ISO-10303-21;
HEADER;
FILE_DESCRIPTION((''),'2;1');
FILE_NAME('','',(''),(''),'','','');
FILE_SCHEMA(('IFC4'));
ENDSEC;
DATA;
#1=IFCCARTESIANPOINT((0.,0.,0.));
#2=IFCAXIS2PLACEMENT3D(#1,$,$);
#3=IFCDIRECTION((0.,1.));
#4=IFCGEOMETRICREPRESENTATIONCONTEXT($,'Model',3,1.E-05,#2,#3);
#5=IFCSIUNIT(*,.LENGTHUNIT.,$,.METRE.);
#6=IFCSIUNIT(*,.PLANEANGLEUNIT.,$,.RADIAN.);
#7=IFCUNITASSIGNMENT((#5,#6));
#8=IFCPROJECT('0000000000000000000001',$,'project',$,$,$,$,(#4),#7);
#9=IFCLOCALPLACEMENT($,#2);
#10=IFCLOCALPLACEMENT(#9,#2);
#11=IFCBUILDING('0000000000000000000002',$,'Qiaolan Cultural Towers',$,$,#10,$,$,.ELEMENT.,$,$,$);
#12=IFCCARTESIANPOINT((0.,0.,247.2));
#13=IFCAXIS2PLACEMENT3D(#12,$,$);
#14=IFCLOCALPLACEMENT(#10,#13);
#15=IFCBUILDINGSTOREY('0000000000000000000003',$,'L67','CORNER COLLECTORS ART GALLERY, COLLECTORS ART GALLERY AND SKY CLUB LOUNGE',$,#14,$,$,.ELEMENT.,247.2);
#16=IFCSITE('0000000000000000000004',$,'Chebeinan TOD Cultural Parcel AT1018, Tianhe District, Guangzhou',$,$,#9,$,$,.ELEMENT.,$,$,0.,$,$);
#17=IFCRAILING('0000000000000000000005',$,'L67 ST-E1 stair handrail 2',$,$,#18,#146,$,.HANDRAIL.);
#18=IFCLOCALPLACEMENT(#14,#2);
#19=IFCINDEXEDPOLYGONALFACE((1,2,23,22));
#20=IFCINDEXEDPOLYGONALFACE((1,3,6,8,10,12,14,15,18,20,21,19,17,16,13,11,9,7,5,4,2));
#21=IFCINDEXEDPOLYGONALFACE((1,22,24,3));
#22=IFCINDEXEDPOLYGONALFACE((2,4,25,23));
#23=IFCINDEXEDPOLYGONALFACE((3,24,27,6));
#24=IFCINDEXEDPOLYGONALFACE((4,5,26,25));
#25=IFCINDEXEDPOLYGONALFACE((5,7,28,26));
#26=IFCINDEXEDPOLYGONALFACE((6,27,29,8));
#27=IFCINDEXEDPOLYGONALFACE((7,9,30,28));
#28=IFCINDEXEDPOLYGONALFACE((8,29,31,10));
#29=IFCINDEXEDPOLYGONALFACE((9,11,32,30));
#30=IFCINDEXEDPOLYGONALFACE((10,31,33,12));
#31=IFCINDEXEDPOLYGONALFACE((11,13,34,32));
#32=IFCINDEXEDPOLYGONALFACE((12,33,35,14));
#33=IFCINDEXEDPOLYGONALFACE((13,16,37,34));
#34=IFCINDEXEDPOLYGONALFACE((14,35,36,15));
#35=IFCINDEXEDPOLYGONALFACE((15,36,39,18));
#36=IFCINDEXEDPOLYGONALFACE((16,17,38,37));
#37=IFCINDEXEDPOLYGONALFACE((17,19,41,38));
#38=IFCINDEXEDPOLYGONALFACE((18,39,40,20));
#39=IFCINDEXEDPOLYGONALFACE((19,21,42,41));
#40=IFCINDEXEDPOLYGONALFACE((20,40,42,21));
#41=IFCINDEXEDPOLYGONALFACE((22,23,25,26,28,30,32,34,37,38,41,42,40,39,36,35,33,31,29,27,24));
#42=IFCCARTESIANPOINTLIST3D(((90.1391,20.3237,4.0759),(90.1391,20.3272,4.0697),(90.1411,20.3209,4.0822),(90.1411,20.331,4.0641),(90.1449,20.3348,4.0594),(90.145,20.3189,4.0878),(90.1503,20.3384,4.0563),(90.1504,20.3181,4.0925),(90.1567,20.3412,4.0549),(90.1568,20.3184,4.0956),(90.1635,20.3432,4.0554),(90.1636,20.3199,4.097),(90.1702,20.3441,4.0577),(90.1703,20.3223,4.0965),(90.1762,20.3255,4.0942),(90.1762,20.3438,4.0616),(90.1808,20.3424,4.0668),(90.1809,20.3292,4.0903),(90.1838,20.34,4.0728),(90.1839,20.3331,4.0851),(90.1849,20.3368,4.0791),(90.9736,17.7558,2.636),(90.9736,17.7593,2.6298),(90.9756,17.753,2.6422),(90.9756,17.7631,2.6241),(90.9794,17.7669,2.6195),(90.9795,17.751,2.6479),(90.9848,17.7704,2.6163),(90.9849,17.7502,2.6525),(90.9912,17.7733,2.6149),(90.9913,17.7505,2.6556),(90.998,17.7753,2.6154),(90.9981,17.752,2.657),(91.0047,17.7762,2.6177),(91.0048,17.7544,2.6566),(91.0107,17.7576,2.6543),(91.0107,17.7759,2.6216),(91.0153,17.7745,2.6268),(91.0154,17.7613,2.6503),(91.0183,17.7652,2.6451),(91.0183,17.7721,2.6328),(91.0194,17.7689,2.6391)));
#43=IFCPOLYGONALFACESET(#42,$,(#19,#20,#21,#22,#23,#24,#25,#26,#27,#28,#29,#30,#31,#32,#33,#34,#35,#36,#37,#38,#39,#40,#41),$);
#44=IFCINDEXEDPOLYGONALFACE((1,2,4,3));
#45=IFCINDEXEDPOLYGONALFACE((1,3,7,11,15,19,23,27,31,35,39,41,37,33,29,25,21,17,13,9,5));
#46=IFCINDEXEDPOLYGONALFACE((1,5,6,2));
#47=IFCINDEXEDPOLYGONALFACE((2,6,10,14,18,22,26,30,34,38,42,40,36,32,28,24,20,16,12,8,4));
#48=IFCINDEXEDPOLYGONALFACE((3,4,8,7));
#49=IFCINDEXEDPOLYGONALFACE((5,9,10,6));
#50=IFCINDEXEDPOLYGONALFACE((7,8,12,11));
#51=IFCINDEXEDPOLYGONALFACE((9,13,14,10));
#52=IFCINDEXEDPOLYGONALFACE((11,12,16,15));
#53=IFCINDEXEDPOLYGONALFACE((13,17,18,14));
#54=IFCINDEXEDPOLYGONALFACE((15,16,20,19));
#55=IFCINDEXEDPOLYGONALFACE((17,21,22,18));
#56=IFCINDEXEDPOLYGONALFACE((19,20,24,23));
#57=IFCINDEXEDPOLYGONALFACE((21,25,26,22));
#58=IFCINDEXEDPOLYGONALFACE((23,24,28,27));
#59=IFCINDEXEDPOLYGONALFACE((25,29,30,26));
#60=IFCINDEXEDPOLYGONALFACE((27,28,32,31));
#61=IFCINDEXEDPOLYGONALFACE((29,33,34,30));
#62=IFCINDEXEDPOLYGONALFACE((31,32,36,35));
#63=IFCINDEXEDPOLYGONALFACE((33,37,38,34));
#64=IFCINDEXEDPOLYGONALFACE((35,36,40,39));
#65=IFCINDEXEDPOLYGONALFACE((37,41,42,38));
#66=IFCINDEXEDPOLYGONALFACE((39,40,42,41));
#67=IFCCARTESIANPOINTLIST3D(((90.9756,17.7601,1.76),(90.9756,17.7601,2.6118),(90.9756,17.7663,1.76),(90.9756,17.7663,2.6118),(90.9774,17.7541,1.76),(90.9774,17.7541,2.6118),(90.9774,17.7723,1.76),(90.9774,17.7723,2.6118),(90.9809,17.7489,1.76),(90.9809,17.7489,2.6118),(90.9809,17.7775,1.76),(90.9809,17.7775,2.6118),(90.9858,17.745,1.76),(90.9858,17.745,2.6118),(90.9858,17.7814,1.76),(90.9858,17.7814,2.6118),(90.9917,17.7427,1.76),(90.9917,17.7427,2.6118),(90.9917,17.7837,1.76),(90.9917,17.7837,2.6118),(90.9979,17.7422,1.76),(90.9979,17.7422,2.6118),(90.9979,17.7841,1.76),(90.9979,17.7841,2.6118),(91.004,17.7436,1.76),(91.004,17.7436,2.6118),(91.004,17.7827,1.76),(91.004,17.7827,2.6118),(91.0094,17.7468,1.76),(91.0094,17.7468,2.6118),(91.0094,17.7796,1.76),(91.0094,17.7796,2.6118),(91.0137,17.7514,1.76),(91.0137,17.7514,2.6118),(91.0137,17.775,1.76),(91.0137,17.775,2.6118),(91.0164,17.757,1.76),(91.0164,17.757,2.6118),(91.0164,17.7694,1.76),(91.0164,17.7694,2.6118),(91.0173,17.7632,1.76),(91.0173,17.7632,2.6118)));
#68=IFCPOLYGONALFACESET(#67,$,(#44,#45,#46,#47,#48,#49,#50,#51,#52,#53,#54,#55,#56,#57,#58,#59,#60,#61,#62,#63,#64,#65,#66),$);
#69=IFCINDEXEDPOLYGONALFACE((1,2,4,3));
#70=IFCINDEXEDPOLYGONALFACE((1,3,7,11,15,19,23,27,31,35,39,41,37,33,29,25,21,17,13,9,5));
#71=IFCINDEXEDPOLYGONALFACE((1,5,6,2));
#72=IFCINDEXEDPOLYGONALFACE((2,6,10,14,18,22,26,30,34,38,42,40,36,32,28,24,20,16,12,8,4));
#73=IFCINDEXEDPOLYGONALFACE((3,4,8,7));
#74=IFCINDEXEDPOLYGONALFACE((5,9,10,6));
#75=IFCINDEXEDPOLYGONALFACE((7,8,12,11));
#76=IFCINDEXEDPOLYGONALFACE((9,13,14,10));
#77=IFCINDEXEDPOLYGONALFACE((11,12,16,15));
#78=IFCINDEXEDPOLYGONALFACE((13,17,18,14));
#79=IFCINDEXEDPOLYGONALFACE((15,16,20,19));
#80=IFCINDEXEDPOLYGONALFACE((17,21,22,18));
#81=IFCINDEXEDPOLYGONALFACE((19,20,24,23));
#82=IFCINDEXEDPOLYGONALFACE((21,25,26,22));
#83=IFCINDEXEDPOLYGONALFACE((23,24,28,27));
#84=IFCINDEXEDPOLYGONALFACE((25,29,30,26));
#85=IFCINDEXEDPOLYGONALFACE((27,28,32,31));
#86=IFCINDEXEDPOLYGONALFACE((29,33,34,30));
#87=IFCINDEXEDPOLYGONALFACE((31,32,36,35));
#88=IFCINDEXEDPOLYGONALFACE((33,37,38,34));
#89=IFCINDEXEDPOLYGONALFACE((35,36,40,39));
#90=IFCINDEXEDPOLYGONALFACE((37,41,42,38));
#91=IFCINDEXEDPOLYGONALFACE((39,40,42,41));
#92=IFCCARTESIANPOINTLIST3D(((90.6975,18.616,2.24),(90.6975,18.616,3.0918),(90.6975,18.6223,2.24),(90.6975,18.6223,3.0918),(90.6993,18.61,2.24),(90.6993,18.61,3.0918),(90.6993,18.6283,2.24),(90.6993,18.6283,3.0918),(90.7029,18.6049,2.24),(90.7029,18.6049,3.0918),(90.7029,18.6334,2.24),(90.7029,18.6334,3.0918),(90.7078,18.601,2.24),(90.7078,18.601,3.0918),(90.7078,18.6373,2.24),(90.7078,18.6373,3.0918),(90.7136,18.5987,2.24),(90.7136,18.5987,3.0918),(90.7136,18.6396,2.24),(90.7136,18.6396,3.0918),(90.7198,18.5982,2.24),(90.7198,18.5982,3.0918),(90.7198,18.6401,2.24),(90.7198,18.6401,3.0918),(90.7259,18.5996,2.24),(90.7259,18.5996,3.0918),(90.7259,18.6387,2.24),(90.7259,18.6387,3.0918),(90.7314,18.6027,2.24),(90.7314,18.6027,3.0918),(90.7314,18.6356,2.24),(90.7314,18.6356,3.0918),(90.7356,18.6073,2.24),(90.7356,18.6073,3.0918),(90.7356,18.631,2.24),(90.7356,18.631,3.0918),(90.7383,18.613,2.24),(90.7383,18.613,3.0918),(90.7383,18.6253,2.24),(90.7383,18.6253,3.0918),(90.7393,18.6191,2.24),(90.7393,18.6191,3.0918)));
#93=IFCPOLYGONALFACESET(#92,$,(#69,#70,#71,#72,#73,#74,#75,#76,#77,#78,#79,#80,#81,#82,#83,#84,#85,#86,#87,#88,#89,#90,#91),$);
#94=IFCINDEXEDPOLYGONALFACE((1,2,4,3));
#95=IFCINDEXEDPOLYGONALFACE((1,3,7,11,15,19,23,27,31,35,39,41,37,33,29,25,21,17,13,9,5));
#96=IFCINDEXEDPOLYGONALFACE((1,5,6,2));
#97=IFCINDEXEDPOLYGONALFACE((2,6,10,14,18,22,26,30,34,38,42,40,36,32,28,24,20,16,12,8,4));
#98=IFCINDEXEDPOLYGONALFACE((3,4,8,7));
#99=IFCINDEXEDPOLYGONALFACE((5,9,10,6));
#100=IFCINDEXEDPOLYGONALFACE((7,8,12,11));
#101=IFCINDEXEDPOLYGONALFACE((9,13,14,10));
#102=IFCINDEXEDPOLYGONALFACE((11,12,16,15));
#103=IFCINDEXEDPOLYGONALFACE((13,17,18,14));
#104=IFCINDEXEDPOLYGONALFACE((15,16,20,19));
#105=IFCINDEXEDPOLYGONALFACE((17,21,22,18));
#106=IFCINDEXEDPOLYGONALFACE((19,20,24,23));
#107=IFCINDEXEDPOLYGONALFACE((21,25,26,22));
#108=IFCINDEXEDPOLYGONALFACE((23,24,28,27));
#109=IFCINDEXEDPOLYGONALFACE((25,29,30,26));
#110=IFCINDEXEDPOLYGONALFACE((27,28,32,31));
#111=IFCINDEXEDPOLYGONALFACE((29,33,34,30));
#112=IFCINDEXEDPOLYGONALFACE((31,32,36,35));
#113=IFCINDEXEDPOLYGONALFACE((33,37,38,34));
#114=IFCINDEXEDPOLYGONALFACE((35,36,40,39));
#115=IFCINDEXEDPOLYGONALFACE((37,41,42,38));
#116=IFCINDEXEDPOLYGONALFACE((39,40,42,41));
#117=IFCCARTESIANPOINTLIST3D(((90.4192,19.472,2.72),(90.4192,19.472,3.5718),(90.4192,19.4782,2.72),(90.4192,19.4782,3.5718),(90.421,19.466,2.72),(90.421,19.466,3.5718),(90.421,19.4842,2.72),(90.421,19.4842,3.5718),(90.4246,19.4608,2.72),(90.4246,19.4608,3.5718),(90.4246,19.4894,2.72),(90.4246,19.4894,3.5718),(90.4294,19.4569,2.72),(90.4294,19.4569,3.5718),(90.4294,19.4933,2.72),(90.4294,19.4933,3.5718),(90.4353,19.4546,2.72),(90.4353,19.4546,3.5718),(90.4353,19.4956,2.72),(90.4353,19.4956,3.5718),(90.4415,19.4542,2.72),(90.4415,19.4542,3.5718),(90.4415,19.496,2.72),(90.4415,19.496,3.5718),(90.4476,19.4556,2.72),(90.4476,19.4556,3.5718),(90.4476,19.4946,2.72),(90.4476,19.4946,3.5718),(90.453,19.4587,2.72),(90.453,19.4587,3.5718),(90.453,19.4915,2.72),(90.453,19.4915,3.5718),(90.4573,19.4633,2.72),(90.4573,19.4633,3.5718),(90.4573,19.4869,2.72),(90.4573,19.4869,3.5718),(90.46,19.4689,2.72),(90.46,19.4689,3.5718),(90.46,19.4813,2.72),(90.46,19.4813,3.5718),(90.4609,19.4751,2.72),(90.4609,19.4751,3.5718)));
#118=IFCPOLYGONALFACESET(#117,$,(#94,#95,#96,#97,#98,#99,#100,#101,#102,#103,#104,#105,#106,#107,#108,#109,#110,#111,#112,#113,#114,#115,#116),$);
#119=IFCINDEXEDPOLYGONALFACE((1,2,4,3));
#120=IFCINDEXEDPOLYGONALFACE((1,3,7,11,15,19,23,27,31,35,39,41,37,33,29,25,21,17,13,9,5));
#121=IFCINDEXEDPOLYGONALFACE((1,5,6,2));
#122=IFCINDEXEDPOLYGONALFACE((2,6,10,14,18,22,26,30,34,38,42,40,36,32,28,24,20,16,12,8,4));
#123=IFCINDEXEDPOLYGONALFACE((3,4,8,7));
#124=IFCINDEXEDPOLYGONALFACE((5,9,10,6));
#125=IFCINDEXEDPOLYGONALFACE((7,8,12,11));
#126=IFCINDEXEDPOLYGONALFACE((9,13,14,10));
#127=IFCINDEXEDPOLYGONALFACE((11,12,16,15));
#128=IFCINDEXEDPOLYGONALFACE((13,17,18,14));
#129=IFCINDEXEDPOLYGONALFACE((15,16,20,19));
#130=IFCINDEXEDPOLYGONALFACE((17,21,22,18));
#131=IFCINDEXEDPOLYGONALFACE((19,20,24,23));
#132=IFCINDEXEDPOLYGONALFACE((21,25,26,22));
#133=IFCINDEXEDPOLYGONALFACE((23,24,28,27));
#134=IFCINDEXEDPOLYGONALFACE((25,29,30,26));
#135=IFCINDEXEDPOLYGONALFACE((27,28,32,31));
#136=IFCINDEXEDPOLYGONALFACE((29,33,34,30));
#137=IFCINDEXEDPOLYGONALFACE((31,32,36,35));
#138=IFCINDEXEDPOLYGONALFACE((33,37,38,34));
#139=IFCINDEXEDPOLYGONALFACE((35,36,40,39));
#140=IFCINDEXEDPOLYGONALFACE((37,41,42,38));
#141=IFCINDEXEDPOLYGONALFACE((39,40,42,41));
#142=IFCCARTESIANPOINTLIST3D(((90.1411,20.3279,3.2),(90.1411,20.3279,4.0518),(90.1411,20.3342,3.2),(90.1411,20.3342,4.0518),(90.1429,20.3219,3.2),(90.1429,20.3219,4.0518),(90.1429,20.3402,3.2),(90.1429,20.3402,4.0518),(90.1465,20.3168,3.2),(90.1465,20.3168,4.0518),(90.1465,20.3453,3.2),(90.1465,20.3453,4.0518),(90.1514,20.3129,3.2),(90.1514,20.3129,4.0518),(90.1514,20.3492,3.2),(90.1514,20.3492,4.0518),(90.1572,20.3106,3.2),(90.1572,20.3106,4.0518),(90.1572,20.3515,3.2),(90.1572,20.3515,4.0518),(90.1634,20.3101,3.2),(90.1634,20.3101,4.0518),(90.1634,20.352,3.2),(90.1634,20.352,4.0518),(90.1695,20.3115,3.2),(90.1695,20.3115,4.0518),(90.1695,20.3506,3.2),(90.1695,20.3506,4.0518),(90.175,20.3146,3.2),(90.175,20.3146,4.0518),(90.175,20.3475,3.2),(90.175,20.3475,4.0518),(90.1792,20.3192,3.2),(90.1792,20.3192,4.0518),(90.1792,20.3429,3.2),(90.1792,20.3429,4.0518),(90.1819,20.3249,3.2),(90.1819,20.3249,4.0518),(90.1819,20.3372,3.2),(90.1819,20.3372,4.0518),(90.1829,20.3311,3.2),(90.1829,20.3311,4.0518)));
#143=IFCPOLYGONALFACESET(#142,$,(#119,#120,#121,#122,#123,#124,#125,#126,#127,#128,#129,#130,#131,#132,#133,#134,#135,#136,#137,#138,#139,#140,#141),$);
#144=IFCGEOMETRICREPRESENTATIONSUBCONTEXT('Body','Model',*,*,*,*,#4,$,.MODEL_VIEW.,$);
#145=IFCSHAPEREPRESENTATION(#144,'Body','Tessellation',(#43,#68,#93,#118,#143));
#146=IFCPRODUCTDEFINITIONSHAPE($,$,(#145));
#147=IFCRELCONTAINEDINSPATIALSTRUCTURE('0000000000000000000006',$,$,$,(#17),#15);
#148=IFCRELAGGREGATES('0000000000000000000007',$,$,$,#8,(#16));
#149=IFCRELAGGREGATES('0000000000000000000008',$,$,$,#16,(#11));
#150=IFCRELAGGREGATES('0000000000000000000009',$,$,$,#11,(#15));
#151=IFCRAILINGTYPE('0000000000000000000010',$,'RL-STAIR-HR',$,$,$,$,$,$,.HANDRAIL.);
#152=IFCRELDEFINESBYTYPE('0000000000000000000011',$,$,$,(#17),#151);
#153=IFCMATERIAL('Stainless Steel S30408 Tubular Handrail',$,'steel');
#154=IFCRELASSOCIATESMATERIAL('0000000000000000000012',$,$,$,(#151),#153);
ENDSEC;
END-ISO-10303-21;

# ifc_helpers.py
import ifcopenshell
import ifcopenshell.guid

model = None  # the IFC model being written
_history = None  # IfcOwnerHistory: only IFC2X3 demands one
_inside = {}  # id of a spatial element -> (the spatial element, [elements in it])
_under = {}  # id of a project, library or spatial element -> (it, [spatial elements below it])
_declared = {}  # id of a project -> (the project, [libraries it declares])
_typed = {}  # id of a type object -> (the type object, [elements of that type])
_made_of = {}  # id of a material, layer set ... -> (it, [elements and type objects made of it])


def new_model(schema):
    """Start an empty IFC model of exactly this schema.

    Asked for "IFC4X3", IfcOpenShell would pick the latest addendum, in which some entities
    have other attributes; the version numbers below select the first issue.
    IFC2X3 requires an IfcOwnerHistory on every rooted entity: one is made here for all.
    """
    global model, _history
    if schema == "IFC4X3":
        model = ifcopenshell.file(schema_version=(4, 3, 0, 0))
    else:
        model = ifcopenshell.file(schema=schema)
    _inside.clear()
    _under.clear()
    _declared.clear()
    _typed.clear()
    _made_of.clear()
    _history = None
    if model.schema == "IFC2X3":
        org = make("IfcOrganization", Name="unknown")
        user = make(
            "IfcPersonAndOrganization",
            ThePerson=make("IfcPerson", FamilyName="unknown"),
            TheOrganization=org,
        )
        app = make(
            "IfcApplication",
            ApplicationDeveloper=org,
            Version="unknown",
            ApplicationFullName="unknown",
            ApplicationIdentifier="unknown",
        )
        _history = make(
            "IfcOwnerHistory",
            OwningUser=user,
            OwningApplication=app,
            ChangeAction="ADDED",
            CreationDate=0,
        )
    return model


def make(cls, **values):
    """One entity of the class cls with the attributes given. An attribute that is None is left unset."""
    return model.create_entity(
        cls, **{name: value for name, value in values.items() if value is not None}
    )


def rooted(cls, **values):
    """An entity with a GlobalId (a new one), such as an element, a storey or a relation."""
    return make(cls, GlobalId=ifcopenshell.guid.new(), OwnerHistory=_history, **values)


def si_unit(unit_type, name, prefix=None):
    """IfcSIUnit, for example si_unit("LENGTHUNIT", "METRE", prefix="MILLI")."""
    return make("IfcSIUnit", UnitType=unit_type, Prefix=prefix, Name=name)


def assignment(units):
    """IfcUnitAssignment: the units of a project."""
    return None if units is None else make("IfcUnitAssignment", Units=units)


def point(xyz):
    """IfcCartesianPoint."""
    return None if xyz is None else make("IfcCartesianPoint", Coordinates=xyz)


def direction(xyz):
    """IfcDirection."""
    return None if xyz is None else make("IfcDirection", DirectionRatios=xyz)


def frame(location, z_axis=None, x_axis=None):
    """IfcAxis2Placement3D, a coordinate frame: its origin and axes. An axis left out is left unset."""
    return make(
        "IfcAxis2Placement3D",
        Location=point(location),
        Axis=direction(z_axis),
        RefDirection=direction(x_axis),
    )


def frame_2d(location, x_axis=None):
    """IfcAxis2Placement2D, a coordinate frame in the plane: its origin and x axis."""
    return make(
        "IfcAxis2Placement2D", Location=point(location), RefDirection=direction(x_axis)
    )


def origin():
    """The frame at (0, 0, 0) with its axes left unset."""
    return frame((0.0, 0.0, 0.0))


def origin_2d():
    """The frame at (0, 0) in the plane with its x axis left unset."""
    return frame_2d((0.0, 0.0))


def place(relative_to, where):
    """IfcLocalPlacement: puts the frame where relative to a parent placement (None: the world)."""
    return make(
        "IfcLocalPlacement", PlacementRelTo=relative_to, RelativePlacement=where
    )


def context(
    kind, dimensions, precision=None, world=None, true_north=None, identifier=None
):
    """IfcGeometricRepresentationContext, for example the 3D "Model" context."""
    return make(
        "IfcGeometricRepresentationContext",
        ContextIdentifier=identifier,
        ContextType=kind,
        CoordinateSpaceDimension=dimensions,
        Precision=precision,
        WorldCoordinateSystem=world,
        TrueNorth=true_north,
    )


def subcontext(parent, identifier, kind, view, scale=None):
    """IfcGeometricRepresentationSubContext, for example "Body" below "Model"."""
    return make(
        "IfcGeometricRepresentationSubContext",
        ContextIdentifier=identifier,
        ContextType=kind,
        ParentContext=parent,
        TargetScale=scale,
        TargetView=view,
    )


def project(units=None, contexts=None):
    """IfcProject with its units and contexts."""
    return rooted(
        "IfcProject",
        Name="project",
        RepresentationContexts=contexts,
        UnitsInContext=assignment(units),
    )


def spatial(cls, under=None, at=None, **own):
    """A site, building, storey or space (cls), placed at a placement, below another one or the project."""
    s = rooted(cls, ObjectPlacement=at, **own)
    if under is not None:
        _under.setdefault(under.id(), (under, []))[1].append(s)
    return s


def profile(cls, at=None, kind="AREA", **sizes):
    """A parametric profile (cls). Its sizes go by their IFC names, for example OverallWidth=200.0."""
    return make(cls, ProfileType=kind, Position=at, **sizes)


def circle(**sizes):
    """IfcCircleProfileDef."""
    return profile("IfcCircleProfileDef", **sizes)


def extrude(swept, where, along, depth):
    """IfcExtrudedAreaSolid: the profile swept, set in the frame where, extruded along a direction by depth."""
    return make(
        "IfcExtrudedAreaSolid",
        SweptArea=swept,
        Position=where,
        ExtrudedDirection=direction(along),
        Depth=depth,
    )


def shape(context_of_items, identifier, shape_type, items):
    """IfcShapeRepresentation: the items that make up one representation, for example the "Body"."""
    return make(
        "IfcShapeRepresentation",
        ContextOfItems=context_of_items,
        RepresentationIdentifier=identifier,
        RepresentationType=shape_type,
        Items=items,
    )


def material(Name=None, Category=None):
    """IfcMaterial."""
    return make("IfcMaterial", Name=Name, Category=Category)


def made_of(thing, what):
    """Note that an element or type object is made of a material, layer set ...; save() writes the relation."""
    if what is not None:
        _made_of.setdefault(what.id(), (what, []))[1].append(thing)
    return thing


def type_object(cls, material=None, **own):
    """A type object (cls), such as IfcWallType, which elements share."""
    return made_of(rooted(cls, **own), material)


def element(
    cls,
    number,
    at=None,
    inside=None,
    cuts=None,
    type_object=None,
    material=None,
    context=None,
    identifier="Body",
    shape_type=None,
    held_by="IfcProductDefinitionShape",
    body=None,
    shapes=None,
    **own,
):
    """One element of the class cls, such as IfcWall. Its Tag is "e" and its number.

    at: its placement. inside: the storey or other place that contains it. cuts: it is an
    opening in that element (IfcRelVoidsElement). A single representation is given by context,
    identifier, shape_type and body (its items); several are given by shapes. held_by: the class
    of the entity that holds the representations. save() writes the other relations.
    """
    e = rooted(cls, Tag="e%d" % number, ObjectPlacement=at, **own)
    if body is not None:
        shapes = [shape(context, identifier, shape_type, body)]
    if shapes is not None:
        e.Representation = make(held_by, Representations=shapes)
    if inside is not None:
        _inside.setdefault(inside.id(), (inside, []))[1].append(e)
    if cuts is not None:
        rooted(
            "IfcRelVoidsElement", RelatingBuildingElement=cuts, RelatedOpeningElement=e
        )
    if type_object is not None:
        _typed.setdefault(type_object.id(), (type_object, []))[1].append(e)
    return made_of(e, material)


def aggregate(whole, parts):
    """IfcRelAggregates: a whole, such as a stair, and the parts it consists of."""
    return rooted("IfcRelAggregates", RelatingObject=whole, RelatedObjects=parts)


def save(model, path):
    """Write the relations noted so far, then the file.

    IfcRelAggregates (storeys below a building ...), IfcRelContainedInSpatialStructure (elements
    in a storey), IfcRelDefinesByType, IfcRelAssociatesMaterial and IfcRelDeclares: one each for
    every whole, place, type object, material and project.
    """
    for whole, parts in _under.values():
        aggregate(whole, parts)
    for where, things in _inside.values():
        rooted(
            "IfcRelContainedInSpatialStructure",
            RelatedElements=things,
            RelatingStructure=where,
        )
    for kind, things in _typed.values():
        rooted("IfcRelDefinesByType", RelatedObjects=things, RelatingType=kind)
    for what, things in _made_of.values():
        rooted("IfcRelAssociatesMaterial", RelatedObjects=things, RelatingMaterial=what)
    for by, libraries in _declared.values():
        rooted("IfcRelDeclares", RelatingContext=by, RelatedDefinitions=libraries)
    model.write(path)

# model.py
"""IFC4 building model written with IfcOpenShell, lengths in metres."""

from ifc_helpers import new_model, si_unit, direction, frame, origin, origin_2d, place, context, subcontext, project, spatial, circle, extrude, material, type_object, element, save


model = new_model("IFC4")

# Units and contexts
model_context = context("Model", 3, precision=1e-05, world=origin(), true_north=direction((0.0, 1.0)))
body_context = subcontext(model_context, "Body", "Model", "MODEL_VIEW")
ifc_project = project(units=[si_unit("LENGTHUNIT", "METRE"), si_unit("PLANEANGLEUNIT", "RADIAN")], contexts=[model_context])

# Site, building, storey
site_placement = place(None, origin())
site = spatial("IfcSite", under=ifc_project, at=site_placement, Name="Chebeinan TOD Cultural Parcel AT1018, Tianhe District, Guangzhou", CompositionType="ELEMENT", RefElevation=0.0)
building_placement = place(site_placement, origin())
building = spatial("IfcBuilding", under=site, at=building_placement, Name="Qiaolan Cultural Towers", CompositionType="ELEMENT")
storey_placement = place(building_placement, frame((0.0, 0.0, 247.2)))
storey = spatial("IfcBuildingStorey", under=building, at=storey_placement, Name="L67", Description="CORNER COLLECTORS ART GALLERY, COLLECTORS ART GALLERY AND SKY CLUB LOUNGE", CompositionType="ELEMENT", Elevation=247.2)

# Railing
ifc_material_1 = material(Name="Stainless Steel S30408 Tubular Handrail", Category="steel")
railing_type_1 = type_object("IfcRailingType", Name="RL-STAIR-HR", PredefinedType="HANDRAIL", material=ifc_material_1)
railing_1_placement = place(storey_placement, frame((90.9963, 17.7632, 1.76)))
element("IfcRailing", 1, at=railing_1_placement, inside=storey, type_object=railing_type_1, Name="L67 ST-E1 stair handrail 2", PredefinedType="HANDRAIL", context=body_context, shape_type="SweptSolid", body=[
    extrude(circle(Radius=0.0239, at=origin_2d()), frame((0.0, 0.0, 0.876), z_axis=(-0.272701, 0.839167, 0.470566), x_axis=(-0.951043, -0.309057, 0.0)), (0.0, 0.0, 1.0), 3.0601),
    extrude(circle(Radius=0.021, at=origin_2d()), origin(), (0.0, 0.0, 1.0), 0.8518),
    extrude(circle(Radius=0.021, at=origin_2d()), frame((-0.2781, 0.856, 0.48)), (0.0, 0.0, 1.0), 0.8518),
    extrude(circle(Radius=0.021, at=origin_2d()), frame((-0.5564, 1.7119, 0.96)), (0.0, 0.0, 1.0), 0.8518),
    extrude(circle(Radius=0.021, at=origin_2d()), frame((-0.8345, 2.5679, 1.4399)), (0.0, 0.0, 1.0), 0.8518),
])

save(model, "model.ifc")
